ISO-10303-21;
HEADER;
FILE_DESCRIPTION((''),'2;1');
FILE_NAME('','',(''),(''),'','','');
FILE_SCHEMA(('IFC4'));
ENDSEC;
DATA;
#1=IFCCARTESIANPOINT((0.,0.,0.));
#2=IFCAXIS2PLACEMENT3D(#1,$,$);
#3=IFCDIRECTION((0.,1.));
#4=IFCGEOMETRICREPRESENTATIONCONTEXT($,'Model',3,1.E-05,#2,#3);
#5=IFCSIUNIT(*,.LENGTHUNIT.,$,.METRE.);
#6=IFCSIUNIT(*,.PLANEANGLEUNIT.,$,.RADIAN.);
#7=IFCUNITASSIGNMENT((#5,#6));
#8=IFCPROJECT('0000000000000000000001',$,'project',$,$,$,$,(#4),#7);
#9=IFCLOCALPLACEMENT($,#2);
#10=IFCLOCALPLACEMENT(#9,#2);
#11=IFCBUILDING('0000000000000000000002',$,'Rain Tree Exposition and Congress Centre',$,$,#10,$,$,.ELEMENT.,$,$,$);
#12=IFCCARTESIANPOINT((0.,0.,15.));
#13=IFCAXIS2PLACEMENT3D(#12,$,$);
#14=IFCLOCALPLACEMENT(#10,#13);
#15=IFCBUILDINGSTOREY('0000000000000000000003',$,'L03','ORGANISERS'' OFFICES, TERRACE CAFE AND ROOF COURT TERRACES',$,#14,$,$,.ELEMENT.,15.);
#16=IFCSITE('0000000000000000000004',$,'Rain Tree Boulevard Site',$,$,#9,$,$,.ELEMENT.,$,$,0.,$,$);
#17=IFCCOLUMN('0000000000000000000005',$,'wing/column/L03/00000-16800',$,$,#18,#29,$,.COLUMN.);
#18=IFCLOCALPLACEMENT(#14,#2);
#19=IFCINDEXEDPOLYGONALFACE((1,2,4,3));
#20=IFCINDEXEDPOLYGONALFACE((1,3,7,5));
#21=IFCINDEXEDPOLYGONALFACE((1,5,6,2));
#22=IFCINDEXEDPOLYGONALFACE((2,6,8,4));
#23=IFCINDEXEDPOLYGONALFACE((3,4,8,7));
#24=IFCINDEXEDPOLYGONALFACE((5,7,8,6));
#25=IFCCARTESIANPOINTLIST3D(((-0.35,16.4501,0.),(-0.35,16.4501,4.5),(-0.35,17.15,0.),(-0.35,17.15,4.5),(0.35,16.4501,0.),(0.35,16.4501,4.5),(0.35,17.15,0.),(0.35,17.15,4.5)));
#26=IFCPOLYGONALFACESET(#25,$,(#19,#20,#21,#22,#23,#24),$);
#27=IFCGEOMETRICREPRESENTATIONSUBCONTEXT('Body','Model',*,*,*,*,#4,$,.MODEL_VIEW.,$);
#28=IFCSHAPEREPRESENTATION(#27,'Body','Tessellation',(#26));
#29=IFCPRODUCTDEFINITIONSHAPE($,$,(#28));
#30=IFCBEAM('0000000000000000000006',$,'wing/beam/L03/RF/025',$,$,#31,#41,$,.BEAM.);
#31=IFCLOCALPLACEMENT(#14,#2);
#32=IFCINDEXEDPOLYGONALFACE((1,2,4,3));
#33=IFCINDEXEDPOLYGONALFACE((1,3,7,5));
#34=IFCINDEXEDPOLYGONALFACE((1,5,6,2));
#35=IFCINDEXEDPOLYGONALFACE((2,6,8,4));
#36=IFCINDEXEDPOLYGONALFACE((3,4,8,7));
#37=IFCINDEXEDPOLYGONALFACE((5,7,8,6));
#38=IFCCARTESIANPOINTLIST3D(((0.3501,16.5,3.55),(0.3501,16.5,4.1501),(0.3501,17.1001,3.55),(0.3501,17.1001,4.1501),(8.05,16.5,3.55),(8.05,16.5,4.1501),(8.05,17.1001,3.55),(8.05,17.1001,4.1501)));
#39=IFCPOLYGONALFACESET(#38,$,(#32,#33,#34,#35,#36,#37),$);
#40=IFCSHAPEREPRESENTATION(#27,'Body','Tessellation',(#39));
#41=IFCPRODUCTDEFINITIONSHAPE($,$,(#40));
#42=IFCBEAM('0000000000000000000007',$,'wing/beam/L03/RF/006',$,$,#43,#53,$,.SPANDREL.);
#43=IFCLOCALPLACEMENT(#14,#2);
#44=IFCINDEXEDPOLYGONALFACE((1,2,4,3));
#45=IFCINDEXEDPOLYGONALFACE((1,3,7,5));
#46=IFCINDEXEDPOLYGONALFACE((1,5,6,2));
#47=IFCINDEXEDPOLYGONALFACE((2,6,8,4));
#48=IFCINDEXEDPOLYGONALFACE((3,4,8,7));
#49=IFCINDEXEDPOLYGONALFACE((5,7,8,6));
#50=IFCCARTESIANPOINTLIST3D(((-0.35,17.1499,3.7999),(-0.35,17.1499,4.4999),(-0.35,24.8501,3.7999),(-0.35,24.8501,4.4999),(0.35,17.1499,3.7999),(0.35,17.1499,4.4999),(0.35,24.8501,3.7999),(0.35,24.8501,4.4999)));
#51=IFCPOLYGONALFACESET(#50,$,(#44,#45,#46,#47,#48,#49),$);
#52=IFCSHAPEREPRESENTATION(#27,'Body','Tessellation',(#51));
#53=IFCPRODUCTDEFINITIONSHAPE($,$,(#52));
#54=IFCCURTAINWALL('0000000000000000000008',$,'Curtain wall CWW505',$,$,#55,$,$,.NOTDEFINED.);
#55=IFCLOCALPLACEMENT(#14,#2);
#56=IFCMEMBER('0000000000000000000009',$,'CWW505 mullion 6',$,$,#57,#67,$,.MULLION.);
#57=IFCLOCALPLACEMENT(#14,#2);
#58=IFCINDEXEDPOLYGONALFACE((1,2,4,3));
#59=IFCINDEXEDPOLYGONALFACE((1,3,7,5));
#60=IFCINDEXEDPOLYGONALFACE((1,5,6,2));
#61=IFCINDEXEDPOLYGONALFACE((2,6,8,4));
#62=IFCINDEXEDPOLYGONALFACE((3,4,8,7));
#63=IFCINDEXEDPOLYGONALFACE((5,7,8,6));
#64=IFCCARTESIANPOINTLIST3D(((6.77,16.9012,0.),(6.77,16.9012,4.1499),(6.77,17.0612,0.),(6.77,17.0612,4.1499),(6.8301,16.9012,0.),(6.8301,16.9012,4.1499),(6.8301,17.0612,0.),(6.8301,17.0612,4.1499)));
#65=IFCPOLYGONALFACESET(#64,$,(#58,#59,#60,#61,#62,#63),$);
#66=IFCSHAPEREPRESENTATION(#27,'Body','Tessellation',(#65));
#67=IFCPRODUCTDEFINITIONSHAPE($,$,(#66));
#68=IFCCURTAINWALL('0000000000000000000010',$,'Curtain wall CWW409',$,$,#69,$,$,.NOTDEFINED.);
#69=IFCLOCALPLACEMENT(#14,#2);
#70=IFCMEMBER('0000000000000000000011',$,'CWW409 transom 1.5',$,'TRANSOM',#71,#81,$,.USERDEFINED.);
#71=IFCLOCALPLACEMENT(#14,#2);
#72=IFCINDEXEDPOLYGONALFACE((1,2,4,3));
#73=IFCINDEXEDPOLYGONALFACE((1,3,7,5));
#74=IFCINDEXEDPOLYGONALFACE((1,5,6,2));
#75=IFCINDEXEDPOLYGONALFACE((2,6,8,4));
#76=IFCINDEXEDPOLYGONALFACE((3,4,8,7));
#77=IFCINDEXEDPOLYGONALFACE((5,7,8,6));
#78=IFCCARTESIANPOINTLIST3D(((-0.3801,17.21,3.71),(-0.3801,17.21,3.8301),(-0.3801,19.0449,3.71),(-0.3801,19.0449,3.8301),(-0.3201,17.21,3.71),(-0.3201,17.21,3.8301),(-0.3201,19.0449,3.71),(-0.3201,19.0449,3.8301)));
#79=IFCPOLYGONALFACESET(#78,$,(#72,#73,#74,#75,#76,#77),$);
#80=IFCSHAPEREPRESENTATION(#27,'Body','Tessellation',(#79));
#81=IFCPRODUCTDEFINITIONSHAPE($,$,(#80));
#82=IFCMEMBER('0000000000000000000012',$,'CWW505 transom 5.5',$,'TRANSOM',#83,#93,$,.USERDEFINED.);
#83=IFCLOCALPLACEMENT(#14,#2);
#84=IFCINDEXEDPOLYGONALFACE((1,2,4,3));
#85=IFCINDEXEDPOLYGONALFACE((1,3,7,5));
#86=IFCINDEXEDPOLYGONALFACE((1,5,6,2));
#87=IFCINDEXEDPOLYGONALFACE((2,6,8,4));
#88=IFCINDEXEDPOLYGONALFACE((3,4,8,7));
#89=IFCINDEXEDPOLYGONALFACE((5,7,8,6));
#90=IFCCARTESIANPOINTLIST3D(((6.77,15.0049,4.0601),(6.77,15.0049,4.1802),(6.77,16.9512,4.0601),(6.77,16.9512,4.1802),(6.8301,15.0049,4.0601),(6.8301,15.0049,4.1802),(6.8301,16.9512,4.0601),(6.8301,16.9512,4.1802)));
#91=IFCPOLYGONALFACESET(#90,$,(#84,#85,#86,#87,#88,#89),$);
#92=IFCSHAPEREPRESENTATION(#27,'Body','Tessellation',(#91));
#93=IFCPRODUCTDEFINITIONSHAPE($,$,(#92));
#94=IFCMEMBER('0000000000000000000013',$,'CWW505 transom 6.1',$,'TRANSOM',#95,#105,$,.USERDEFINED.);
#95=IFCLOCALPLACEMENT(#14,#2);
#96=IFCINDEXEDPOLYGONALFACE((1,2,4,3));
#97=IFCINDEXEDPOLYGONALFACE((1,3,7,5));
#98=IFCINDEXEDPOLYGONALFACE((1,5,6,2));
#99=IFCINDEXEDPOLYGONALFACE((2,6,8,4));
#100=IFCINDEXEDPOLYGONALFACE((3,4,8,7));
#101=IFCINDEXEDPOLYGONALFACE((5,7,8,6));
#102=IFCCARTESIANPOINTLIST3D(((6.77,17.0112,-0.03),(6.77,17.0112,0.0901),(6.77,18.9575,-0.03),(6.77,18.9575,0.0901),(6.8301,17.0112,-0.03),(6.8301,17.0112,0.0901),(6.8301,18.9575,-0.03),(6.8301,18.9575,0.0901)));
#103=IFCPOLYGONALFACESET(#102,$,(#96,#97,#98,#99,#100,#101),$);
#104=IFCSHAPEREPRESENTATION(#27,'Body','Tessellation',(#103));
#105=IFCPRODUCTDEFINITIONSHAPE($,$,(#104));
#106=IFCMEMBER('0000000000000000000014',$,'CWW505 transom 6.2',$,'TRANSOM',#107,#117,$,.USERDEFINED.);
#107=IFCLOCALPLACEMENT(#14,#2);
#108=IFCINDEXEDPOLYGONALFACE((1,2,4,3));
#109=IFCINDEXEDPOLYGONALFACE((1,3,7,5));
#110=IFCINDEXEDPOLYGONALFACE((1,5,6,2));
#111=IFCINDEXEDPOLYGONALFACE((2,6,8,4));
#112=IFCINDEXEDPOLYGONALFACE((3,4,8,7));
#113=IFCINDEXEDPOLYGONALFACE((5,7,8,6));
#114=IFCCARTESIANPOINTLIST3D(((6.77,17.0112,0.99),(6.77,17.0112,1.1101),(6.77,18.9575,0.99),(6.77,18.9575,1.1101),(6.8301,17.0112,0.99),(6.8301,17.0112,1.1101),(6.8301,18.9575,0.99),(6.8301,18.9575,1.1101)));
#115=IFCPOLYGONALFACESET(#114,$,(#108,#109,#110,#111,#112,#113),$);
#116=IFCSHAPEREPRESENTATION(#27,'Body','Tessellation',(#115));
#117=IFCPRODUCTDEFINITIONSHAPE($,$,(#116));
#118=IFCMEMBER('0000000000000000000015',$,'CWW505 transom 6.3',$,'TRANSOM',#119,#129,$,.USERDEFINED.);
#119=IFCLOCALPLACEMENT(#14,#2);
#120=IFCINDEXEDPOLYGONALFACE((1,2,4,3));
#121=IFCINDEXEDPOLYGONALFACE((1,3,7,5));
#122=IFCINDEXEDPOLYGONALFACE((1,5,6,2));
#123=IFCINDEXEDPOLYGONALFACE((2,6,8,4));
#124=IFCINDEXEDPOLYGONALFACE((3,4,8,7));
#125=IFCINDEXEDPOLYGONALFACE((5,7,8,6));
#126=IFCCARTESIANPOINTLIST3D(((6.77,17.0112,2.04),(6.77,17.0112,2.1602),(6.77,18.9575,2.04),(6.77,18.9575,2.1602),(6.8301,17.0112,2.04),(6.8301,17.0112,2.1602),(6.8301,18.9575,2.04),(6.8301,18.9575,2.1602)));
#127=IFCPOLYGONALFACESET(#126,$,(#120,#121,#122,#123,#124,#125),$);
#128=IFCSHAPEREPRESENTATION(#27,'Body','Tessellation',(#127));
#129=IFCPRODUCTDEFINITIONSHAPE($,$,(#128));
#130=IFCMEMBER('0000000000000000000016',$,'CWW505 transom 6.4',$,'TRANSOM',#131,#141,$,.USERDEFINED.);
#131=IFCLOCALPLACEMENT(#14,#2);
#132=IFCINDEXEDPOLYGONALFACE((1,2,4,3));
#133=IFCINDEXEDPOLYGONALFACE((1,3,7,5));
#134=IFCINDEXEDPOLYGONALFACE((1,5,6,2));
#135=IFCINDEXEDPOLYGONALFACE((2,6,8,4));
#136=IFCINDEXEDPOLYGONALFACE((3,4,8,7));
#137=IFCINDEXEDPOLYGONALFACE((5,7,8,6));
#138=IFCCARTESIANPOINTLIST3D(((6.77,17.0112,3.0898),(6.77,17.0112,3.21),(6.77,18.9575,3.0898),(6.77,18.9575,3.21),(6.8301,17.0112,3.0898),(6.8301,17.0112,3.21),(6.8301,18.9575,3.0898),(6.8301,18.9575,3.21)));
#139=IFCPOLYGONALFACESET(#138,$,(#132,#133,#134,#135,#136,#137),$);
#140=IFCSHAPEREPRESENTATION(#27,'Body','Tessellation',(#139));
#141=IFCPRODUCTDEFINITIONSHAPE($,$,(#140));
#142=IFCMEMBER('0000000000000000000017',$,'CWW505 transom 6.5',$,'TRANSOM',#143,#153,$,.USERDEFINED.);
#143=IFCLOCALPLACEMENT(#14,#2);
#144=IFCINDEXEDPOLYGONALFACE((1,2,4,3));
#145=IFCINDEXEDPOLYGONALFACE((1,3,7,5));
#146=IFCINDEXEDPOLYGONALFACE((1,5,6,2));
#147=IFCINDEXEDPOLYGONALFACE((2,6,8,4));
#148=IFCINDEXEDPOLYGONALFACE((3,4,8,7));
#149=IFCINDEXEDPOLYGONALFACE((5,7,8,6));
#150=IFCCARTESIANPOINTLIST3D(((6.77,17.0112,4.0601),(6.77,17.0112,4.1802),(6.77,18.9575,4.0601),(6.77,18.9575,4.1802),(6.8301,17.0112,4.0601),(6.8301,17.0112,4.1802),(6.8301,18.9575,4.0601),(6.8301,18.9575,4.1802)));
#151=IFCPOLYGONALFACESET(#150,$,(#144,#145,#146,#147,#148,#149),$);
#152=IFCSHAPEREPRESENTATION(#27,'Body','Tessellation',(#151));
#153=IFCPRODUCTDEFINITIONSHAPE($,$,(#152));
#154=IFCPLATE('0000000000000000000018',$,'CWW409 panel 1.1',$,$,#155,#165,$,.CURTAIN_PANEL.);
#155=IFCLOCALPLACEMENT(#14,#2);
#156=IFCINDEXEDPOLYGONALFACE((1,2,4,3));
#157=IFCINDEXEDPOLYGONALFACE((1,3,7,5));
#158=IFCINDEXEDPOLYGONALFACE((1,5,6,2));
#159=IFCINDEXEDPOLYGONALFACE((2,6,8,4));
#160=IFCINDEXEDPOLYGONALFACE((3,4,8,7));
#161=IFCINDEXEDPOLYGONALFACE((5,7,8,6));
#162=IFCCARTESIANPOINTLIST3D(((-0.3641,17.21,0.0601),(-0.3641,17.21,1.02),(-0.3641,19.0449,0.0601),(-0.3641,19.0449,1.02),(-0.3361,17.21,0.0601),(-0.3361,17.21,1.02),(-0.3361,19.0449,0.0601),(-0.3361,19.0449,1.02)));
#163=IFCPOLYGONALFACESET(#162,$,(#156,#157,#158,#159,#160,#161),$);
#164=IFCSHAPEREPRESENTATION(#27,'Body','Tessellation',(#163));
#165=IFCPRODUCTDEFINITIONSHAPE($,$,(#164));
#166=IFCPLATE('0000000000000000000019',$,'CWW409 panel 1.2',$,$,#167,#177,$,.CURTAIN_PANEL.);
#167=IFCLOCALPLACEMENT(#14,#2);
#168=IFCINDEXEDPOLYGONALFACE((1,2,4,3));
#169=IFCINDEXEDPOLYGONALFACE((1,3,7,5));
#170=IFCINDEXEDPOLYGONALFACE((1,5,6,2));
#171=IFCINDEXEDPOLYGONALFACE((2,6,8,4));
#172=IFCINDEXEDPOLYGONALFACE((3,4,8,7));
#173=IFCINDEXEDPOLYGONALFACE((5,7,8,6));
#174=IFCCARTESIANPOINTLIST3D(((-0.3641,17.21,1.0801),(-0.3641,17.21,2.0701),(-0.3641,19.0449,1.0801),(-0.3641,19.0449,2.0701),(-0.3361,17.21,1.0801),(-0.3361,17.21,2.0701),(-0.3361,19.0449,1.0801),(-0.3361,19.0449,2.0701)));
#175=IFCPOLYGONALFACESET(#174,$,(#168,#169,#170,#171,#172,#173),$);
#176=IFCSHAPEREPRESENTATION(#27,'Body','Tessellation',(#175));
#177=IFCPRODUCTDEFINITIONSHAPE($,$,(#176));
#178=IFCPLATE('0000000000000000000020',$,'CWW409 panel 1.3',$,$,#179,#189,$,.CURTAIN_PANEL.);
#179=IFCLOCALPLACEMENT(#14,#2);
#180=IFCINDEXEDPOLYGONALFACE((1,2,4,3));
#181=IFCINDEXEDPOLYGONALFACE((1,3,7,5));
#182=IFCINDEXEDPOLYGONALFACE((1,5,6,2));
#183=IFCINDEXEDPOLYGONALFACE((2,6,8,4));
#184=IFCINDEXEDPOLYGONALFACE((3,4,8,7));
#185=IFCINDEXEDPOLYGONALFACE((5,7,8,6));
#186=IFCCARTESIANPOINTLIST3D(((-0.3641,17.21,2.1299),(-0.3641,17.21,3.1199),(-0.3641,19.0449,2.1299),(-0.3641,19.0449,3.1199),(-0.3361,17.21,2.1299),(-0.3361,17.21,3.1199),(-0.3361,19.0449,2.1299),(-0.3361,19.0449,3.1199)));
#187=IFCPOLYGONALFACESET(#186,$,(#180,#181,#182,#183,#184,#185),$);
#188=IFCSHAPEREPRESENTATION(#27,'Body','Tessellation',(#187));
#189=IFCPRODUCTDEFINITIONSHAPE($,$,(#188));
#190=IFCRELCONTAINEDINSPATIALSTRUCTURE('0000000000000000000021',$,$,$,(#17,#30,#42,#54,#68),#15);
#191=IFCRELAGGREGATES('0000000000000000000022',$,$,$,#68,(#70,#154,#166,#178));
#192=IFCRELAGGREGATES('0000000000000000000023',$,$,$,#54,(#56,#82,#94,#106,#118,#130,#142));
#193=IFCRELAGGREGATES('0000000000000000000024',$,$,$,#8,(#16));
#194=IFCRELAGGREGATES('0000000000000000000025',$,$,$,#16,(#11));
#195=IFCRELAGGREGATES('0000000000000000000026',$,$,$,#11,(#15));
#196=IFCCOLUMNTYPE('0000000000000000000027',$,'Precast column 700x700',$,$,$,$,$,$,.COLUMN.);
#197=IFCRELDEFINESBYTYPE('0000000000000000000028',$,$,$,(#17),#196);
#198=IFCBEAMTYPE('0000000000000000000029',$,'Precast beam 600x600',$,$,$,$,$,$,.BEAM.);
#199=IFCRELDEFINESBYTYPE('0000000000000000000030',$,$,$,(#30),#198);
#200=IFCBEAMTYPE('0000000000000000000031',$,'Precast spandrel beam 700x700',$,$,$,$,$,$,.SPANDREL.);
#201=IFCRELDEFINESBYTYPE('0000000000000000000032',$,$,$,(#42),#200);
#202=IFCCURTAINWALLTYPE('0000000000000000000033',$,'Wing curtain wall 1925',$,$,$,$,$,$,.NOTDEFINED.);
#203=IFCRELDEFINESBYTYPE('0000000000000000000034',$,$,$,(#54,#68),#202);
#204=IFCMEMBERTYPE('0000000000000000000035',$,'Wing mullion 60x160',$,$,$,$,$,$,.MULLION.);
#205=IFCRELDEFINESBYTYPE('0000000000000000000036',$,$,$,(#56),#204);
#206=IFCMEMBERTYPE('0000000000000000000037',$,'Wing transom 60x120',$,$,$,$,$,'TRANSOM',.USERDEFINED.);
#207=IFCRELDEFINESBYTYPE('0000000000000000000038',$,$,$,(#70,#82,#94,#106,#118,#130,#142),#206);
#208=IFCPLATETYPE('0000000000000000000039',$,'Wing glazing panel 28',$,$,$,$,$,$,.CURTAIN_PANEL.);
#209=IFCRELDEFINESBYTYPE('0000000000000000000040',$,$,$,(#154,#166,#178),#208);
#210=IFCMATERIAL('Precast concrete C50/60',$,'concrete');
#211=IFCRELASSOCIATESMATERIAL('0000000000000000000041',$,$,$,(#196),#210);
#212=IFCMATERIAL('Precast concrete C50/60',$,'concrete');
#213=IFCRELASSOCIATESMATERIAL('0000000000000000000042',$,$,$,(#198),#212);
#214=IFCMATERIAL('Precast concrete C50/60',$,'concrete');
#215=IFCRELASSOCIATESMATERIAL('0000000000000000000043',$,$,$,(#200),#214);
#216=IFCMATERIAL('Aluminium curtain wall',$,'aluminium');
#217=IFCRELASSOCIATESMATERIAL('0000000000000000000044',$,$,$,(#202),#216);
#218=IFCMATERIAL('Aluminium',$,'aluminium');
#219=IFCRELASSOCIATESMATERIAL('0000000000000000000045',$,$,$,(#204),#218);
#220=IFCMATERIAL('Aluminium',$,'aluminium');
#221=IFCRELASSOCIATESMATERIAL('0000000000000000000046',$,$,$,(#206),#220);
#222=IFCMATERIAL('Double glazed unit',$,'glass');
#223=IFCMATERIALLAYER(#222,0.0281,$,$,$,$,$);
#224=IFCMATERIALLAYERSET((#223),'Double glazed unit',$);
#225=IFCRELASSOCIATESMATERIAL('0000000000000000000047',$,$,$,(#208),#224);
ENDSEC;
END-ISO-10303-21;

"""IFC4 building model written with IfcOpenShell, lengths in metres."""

from ifc_helpers import new_model, si_unit, direction, frame, origin, origin_2d, place, context, subcontext, project, spatial, rectangle, extrude, material, layer, layer_set, material_profile, profile_set, type_object, element, aggregate, save


model = new_model("IFC4")

# Units and contexts
model_context = context("Model", 3, precision=1e-05, world=origin(), true_north=direction((0.0, 1.0)))
body_context = subcontext(model_context, "Body", "Model", "MODEL_VIEW")
ifc_project = project(units=[si_unit("LENGTHUNIT", "METRE"), si_unit("PLANEANGLEUNIT", "RADIAN")], contexts=[model_context])

# Site, building, storey
site_placement = place(None, origin())
site = spatial("IfcSite", under=ifc_project, at=site_placement, Name="Rain Tree Boulevard Site", CompositionType="ELEMENT", RefElevation=0.0)
building_placement = place(site_placement, origin())
building = spatial("IfcBuilding", under=site, at=building_placement, Name="Rain Tree Exposition and Congress Centre", CompositionType="ELEMENT")
storey_placement = place(building_placement, frame((0.0, 0.0, 15.0)))
storey = spatial("IfcBuildingStorey", under=building, at=storey_placement, Name="L03", Description="ORGANISERS' OFFICES, TERRACE CAFE AND ROOF COURT TERRACES", CompositionType="ELEMENT", Elevation=15.0)

# Column
ifc_material_1 = material(Name="Precast concrete C50/60", Category="concrete")
ifc_material_profile_1 = material_profile(ifc_material_1, rectangle(XDim=0.7, YDim=0.7, at=origin_2d()), Name="RC 700x700")
ifc_profile_set_1 = profile_set([ifc_material_profile_1], Name="Precast concrete C50/60")
column_type = type_object("IfcColumnType", Name="Precast column 700x700", PredefinedType="COLUMN", material=ifc_profile_set_1)
column_placement = place(storey_placement, frame((0.0, 16.8, 0.0), z_axis=(0.0, 0.0, 1.0), x_axis=(1.0, 0.0, 0.0)))
element("IfcColumn", 1, at=column_placement, inside=storey, type_object=column_type, Name="wing/column/L03/00000-16800", PredefinedType="COLUMN", context=body_context, shape_type="SweptSolid", body=[
    extrude(rectangle(XDim=0.7, YDim=0.7, at=origin_2d()), origin(), (0.0, 0.0, 1.0), 4.5),
])

# Beams
ifc_material_2 = material(Name="Precast concrete C50/60", Category="concrete")
ifc_material_profile_2 = material_profile(ifc_material_2, rectangle(XDim=0.6001, YDim=0.6001, at=origin_2d()), Name="RC 600x600")
ifc_profile_set_2 = profile_set([ifc_material_profile_2], Name="Precast concrete C50/60")
beam_type_1 = type_object("IfcBeamType", Name="Precast beam 600x600", PredefinedType="BEAM", material=ifc_profile_set_2)
beam_1_placement = place(storey_placement, frame((0.3501, 16.8, 3.8501), z_axis=(1.0, 0.0, 0.0), x_axis=(0.0, 1.0, 0.0)))
element("IfcBeam", 2, at=beam_1_placement, inside=storey, type_object=beam_type_1, Name="wing/beam/L03/RF/025", PredefinedType="BEAM", context=body_context, shape_type="SweptSolid", body=[
    extrude(rectangle(XDim=0.6001, YDim=0.6001, at=origin_2d()), origin(), (0.0, 0.0, 1.0), 7.7),
])
ifc_material_3 = material(Name="Precast concrete C50/60", Category="concrete")
ifc_material_profile_3 = material_profile(ifc_material_3, rectangle(XDim=0.7, YDim=0.7, at=origin_2d()), Name="RC 700x700")
ifc_profile_set_3 = profile_set([ifc_material_profile_3], Name="Precast concrete C50/60")
beam_type_2 = type_object("IfcBeamType", Name="Precast spandrel beam 700x700", PredefinedType="SPANDREL", material=ifc_profile_set_3)
beam_2_placement = place(storey_placement, frame((0.0, 17.1499, 4.1499), z_axis=(0.0, 1.0, 0.0), x_axis=(-1.0, 0.0, 0.0)))
element("IfcBeam", 3, at=beam_2_placement, inside=storey, type_object=beam_type_2, Name="wing/beam/L03/RF/006", PredefinedType="SPANDREL", context=body_context, shape_type="SweptSolid", body=[
    extrude(rectangle(XDim=0.7, YDim=0.7, at=origin_2d()), origin(), (0.0, 0.0, 1.0), 7.7002),
])

# Curtain walls, members
ifc_material_4 = material(Name="Aluminium curtain wall", Category="aluminium")
curtain_wall_type = type_object("IfcCurtainWallType", Name="Wing curtain wall 1925", PredefinedType="NOTDEFINED", material=ifc_material_4)
curtain_wall_1_placement = place(storey_placement, origin())
curtain_wall_1 = element("IfcCurtainWall", 4, at=curtain_wall_1_placement, inside=storey, type_object=curtain_wall_type, Name="Curtain wall CWW505", PredefinedType="NOTDEFINED")
ifc_material_5 = material(Name="Aluminium", Category="aluminium")
ifc_material_profile_4 = material_profile(ifc_material_5, rectangle(XDim=0.0601, YDim=0.1599, at=origin_2d()), Name="Aluminium 60x160")
ifc_profile_set_4 = profile_set([ifc_material_profile_4], Name="Aluminium")
member_type_1 = type_object("IfcMemberType", Name="Wing mullion 60x160", PredefinedType="MULLION", material=ifc_profile_set_4)
member_1_placement = place(storey_placement, frame((6.8, 16.9812, 0.0), z_axis=(0.0, 0.0, 1.0), x_axis=(-1.0, 0.0, 0.0)))
member_1 = element("IfcMember", 5, at=member_1_placement, type_object=member_type_1, Name="CWW505 mullion 6", PredefinedType="MULLION", context=body_context, shape_type="SweptSolid", body=[
    extrude(rectangle(XDim=0.0601, YDim=0.1599, at=origin_2d()), origin(), (0.0, 0.0, 1.0), 4.1499),
])
curtain_wall_2_placement = place(storey_placement, origin())
curtain_wall_2 = element("IfcCurtainWall", 6, at=curtain_wall_2_placement, inside=storey, type_object=curtain_wall_type, Name="Curtain wall CWW409", PredefinedType="NOTDEFINED")
ifc_material_6 = material(Name="Aluminium", Category="aluminium")
ifc_material_profile_5 = material_profile(ifc_material_6, rectangle(XDim=0.0601, YDim=0.1201, at=origin_2d()), Name="Aluminium 60x120")
ifc_profile_set_5 = profile_set([ifc_material_profile_5], Name="Aluminium")
member_type_2 = type_object("IfcMemberType", Name="Wing transom 60x120", ElementType="TRANSOM", PredefinedType="USERDEFINED", material=ifc_profile_set_5)
member_2_placement = place(storey_placement, frame((-0.3501, 17.21, 3.77), z_axis=(0.0, 1.0, 0.0), x_axis=(-1.0, 0.0, 0.0)))
member_2 = element("IfcMember", 7, at=member_2_placement, type_object=member_type_2, Name="CWW409 transom 1.5", ObjectType="TRANSOM", PredefinedType="USERDEFINED", context=body_context, shape_type="SweptSolid", body=[
    extrude(rectangle(XDim=0.0601, YDim=0.1201, at=origin_2d()), origin(), (0.0, 0.0, 1.0), 1.835),
])

# Members
member_3_placement = place(storey_placement, frame((6.8, 15.0049, 4.1201), z_axis=(0.0, 1.0, 0.0), x_axis=(-1.0, 0.0, 0.0)))
member_3 = element("IfcMember", 8, at=member_3_placement, type_object=member_type_2, Name="CWW505 transom 5.5", ObjectType="TRANSOM", PredefinedType="USERDEFINED", context=body_context, shape_type="SweptSolid", body=[
    extrude(rectangle(XDim=0.0601, YDim=0.1201, at=origin_2d()), origin(), (0.0, 0.0, 1.0), 1.9463),
])
member_4_placement = place(storey_placement, frame((6.8, 17.0112, 0.03), z_axis=(0.0, 1.0, 0.0), x_axis=(-1.0, 0.0, 0.0)))
member_4 = element("IfcMember", 9, at=member_4_placement, type_object=member_type_2, Name="CWW505 transom 6.1", ObjectType="TRANSOM", PredefinedType="USERDEFINED", context=body_context, shape_type="SweptSolid", body=[
    extrude(rectangle(XDim=0.0601, YDim=0.1201, at=origin_2d()), origin(), (0.0, 0.0, 1.0), 1.9463),
])
member_5_placement = place(storey_placement, frame((6.8, 17.0112, 1.05), z_axis=(0.0, 1.0, 0.0), x_axis=(-1.0, 0.0, 0.0)))
member_5 = element("IfcMember", 10, at=member_5_placement, type_object=member_type_2, Name="CWW505 transom 6.2", ObjectType="TRANSOM", PredefinedType="USERDEFINED", context=body_context, shape_type="SweptSolid", body=[
    extrude(rectangle(XDim=0.0601, YDim=0.1201, at=origin_2d()), origin(), (0.0, 0.0, 1.0), 1.9463),
])
member_6_placement = place(storey_placement, frame((6.8, 17.0112, 2.1001), z_axis=(0.0, 1.0, 0.0), x_axis=(-1.0, 0.0, 0.0)))
member_6 = element("IfcMember", 11, at=member_6_placement, type_object=member_type_2, Name="CWW505 transom 6.3", ObjectType="TRANSOM", PredefinedType="USERDEFINED", context=body_context, shape_type="SweptSolid", body=[
    extrude(rectangle(XDim=0.0601, YDim=0.1201, at=origin_2d()), origin(), (0.0, 0.0, 1.0), 1.9463),
])
member_7_placement = place(storey_placement, frame((6.8, 17.0112, 3.1499), z_axis=(0.0, 1.0, 0.0), x_axis=(-1.0, 0.0, 0.0)))
member_7 = element("IfcMember", 12, at=member_7_placement, type_object=member_type_2, Name="CWW505 transom 6.4", ObjectType="TRANSOM", PredefinedType="USERDEFINED", context=body_context, shape_type="SweptSolid", body=[
    extrude(rectangle(XDim=0.0601, YDim=0.1201, at=origin_2d()), origin(), (0.0, 0.0, 1.0), 1.9463),
])
member_8_placement = place(storey_placement, frame((6.8, 17.0112, 4.1201), z_axis=(0.0, 1.0, 0.0), x_axis=(-1.0, 0.0, 0.0)))
member_8 = element("IfcMember", 13, at=member_8_placement, type_object=member_type_2, Name="CWW505 transom 6.5", ObjectType="TRANSOM", PredefinedType="USERDEFINED", context=body_context, shape_type="SweptSolid", body=[
    extrude(rectangle(XDim=0.0601, YDim=0.1201, at=origin_2d()), origin(), (0.0, 0.0, 1.0), 1.9463),
])

# Plates
ifc_material_7 = material(Name="Double glazed unit", Category="glass")
ifc_layer_1 = layer(ifc_material_7, 0.0281)
ifc_layer_set_1 = layer_set([ifc_layer_1], Name="Double glazed unit")
plate_type = type_object("IfcPlateType", Name="Wing glazing panel 28", PredefinedType="CURTAIN_PANEL", material=ifc_layer_set_1)
plate_1_placement = place(storey_placement, frame((-0.3501, 18.1274, 0.0601), z_axis=(0.0, 0.0, 1.0), x_axis=(0.0, 1.0, 0.0)))
plate_1 = element("IfcPlate", 14, at=plate_1_placement, type_object=plate_type, Name="CWW409 panel 1.1", PredefinedType="CURTAIN_PANEL", context=body_context, shape_type="SweptSolid", body=[
    extrude(rectangle(XDim=1.835, YDim=0.0281, at=origin_2d()), origin(), (0.0, 0.0, 1.0), 0.96),
])
plate_2_placement = place(storey_placement, frame((-0.3501, 18.1274, 1.0801), z_axis=(0.0, 0.0, 1.0), x_axis=(0.0, 1.0, 0.0)))
plate_2 = element("IfcPlate", 15, at=plate_2_placement, type_object=plate_type, Name="CWW409 panel 1.2", PredefinedType="CURTAIN_PANEL", context=body_context, shape_type="SweptSolid", body=[
    extrude(rectangle(XDim=1.835, YDim=0.0281, at=origin_2d()), origin(), (0.0, 0.0, 1.0), 0.99),
])
plate_3_placement = place(storey_placement, frame((-0.3501, 18.1274, 2.1299), z_axis=(0.0, 0.0, 1.0), x_axis=(0.0, 1.0, 0.0)))
plate_3 = element("IfcPlate", 16, at=plate_3_placement, type_object=plate_type, Name="CWW409 panel 1.3", PredefinedType="CURTAIN_PANEL", context=body_context, shape_type="SweptSolid", body=[
    extrude(rectangle(XDim=1.835, YDim=0.0281, at=origin_2d()), origin(), (0.0, 0.0, 1.0), 0.99),
])
aggregate(curtain_wall_2, [member_2, plate_1, plate_2, plate_3])
aggregate(curtain_wall_1, [member_1, member_3, member_4, member_5, member_6, member_7, member_8])

save(model, "model.ifc")
